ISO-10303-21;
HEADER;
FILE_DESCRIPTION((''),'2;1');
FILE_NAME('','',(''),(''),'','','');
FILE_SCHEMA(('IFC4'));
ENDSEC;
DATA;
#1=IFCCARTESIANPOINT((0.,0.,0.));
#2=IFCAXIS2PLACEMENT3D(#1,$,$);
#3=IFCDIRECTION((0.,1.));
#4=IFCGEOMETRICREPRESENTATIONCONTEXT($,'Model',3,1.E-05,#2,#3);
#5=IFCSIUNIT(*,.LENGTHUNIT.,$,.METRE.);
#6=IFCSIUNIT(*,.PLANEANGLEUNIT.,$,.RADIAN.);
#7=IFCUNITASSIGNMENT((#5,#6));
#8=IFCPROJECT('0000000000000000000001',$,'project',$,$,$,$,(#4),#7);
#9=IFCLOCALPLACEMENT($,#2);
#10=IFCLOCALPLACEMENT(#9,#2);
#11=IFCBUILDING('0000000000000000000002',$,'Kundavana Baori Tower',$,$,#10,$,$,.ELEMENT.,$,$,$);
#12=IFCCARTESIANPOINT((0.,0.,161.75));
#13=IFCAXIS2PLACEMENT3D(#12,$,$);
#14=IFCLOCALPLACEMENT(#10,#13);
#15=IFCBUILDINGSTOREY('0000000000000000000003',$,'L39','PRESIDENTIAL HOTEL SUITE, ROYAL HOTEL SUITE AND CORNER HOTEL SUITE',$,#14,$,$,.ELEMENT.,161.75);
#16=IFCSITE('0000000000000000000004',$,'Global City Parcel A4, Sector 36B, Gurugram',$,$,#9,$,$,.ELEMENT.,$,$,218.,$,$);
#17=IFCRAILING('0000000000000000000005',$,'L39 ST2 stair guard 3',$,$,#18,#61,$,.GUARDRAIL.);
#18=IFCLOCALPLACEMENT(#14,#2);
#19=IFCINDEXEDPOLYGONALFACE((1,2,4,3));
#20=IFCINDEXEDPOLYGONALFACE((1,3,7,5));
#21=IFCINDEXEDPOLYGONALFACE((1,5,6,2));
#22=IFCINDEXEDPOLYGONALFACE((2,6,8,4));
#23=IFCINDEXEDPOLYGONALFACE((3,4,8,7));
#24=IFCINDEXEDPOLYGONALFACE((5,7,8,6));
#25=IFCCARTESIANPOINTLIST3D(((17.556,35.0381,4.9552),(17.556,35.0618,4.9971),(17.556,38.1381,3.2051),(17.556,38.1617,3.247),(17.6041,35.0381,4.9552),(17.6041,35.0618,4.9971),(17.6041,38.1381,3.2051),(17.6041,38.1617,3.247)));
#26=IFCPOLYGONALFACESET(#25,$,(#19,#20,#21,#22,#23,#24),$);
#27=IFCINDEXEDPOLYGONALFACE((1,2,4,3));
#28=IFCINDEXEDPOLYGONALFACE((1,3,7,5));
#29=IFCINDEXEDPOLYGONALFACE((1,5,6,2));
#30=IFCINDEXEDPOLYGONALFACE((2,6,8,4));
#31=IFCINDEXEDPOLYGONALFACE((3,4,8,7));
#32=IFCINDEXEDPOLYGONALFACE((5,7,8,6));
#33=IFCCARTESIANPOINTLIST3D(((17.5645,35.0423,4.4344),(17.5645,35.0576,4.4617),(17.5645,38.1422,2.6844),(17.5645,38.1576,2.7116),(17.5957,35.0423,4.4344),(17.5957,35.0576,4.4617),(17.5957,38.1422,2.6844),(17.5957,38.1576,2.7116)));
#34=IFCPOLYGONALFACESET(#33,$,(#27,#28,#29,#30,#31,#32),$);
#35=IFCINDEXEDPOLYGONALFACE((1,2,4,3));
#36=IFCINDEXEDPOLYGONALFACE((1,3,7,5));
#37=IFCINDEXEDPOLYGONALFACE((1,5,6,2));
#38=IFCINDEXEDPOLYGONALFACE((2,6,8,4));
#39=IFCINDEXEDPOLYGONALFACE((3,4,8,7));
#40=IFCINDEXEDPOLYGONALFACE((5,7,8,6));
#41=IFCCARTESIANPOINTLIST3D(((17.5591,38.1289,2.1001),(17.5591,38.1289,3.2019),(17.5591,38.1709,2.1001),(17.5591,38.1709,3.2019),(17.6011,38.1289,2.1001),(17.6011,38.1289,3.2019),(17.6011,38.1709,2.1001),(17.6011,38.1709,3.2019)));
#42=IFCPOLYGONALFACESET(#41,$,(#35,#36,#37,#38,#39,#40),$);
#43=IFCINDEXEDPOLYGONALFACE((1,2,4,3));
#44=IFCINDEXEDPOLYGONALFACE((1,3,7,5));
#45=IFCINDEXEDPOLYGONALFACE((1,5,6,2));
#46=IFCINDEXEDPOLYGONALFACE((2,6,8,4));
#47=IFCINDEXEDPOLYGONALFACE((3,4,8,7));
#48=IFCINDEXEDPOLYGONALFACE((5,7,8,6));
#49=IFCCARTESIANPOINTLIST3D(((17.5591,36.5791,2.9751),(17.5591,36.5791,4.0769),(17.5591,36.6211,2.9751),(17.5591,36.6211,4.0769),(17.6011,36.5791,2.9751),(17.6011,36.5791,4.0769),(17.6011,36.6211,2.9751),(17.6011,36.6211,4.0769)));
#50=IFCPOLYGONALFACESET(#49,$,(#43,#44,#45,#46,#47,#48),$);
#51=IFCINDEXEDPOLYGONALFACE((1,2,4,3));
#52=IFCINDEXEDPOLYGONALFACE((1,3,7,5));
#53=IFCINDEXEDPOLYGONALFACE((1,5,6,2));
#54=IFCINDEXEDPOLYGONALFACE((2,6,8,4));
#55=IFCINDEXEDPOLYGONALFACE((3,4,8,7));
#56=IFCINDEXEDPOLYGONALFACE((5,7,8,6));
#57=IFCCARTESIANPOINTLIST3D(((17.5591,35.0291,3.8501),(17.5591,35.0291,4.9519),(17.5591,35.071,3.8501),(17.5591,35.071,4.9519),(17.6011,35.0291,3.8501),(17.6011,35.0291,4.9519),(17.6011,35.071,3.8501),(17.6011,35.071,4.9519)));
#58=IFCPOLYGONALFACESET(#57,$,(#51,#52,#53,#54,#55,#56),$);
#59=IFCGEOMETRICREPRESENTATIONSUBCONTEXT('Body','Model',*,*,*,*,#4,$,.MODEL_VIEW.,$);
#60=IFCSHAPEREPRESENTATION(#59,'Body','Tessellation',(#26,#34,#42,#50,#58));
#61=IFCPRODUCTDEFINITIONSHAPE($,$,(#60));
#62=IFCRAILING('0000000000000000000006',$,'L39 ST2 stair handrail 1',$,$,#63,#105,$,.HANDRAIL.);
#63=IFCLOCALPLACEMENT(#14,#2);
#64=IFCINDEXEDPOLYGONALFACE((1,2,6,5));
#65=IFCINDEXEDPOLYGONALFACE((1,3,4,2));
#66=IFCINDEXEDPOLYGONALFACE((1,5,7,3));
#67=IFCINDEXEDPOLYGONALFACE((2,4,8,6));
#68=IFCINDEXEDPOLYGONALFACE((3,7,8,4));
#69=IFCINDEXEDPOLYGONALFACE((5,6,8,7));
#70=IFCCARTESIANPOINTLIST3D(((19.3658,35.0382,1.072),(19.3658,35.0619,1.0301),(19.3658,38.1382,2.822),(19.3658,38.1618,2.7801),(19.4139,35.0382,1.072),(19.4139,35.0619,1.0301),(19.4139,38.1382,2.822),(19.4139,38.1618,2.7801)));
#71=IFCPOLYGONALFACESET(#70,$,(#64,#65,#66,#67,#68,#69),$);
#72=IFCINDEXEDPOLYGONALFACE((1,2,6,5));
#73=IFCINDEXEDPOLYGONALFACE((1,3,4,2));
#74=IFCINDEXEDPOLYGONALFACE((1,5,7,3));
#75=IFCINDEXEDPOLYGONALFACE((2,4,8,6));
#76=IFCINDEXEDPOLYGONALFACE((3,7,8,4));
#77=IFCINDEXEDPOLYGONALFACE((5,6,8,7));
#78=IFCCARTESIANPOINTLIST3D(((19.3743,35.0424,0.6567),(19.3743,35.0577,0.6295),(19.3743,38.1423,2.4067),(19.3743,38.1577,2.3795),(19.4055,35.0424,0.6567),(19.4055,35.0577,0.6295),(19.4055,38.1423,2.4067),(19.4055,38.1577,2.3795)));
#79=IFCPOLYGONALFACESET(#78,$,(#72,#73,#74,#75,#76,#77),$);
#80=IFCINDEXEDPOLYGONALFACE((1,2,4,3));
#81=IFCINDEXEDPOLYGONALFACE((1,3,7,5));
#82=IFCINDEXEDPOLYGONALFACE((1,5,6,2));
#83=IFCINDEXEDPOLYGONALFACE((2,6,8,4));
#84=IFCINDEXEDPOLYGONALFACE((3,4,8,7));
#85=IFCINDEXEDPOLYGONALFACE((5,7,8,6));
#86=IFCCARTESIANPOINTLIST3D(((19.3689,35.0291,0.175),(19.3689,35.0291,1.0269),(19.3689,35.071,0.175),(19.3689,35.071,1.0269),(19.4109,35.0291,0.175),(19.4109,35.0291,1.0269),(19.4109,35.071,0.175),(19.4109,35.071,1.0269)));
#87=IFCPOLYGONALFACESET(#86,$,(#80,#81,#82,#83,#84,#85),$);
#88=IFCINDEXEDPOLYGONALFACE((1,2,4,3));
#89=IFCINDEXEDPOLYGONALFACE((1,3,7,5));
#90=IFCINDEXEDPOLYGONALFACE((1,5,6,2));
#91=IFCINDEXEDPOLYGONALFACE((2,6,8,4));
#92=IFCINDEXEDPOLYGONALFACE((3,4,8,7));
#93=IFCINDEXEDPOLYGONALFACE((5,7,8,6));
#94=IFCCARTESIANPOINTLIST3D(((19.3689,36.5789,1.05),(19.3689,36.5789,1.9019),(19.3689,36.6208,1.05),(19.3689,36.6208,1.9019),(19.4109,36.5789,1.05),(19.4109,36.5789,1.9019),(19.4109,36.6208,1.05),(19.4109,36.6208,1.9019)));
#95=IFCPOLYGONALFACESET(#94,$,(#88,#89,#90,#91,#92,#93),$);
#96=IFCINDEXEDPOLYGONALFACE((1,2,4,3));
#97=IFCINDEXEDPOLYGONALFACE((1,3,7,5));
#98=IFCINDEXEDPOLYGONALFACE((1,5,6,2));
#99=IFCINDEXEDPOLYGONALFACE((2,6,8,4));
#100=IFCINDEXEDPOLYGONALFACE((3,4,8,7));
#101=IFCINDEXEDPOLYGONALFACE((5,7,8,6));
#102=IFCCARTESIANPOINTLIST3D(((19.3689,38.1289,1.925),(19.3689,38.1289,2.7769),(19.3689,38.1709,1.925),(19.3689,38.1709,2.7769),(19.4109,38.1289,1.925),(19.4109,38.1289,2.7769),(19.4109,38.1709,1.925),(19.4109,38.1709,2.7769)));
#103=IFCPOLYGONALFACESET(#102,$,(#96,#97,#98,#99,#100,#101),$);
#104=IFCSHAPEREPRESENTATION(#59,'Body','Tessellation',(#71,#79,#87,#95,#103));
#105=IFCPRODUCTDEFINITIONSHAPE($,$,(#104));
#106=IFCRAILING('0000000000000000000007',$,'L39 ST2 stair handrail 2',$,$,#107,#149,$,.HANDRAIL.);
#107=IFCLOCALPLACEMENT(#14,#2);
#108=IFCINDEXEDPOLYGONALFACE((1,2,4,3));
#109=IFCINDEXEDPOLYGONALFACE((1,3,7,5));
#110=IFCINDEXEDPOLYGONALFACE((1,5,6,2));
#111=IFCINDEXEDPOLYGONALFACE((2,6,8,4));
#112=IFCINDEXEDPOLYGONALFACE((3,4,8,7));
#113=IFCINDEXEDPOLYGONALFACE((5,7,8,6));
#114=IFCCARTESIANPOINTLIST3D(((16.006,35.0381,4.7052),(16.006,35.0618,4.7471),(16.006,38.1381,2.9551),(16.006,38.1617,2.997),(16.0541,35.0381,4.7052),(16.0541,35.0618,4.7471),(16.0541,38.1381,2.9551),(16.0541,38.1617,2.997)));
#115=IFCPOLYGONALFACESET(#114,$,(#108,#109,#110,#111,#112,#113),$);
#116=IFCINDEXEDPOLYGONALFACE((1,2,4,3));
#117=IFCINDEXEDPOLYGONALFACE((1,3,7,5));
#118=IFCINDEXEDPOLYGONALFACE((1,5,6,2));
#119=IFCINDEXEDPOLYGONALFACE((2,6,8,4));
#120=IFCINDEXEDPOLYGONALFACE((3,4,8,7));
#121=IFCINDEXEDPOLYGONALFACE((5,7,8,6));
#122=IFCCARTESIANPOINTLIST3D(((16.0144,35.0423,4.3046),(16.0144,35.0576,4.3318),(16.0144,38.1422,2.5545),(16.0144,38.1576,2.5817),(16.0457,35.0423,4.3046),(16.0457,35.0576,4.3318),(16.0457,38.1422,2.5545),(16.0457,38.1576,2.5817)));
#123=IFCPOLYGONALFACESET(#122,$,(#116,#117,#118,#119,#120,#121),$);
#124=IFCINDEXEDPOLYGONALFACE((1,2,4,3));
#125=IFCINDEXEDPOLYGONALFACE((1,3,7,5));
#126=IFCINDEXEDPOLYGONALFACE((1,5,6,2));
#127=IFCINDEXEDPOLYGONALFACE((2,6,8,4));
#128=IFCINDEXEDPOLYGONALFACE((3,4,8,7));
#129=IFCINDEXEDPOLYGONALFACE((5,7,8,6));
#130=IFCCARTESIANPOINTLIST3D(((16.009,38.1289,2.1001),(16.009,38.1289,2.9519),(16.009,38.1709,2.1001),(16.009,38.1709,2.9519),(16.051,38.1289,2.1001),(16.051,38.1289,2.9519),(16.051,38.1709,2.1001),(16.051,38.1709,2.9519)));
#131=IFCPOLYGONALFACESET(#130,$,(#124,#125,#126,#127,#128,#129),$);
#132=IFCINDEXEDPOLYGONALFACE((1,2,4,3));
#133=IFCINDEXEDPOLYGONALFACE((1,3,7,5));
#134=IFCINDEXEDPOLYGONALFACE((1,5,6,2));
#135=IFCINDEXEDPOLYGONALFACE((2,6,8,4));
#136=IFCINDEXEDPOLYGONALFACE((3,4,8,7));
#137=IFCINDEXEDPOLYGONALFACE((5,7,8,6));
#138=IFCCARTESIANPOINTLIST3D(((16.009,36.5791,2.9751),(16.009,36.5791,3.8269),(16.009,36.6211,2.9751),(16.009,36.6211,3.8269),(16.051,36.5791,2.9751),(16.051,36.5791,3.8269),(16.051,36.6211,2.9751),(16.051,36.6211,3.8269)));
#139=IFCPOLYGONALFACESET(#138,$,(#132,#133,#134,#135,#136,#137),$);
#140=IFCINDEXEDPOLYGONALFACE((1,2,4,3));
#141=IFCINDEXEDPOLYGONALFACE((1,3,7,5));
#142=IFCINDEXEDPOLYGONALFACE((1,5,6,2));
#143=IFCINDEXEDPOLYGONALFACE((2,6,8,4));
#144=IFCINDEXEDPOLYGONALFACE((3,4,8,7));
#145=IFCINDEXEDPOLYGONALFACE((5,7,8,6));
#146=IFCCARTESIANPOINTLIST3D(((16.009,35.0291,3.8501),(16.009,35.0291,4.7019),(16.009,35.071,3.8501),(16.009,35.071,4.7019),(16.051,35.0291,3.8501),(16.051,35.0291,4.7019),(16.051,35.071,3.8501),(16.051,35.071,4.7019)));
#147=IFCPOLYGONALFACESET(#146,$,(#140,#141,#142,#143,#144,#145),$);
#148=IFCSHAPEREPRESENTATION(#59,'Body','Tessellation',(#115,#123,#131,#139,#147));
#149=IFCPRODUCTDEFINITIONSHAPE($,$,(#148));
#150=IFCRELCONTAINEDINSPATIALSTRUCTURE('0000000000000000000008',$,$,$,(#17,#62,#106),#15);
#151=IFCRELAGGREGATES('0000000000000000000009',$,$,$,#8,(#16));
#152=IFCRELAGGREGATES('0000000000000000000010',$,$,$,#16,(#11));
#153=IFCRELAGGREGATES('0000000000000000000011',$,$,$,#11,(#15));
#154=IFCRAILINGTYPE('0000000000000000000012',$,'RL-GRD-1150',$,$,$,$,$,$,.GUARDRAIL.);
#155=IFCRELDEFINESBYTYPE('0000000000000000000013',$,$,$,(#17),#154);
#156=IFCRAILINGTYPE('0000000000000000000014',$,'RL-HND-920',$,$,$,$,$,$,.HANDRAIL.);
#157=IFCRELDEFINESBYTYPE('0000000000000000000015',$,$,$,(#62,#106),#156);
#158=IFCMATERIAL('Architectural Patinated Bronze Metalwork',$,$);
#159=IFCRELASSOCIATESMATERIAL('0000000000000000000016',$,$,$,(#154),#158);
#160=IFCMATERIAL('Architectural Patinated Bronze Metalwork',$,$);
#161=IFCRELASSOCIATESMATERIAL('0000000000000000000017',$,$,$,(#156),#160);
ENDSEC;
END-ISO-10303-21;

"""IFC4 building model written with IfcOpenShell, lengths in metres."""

from ifc_helpers import new_model, si_unit, direction, frame, origin, origin_2d, place, context, subcontext, project, spatial, rectangle, extrude, material, type_object, element, save


model = new_model("IFC4")

# Units and contexts
model_context = context("Model", 3, precision=1e-05, world=origin(), true_north=direction((0.0, 1.0)))
body_context = subcontext(model_context, "Body", "Model", "MODEL_VIEW")
ifc_project = project(units=[si_unit("LENGTHUNIT", "METRE"), si_unit("PLANEANGLEUNIT", "RADIAN")], contexts=[model_context])

# Site, building, storey
site_placement = place(None, origin())
site = spatial("IfcSite", under=ifc_project, at=site_placement, Name="Global City Parcel A4, Sector 36B, Gurugram", CompositionType="ELEMENT", RefElevation=218.0)
building_placement = place(site_placement, origin())
building = spatial("IfcBuilding", under=site, at=building_placement, Name="Kundavana Baori Tower", CompositionType="ELEMENT")
storey_placement = place(building_placement, frame((0.0, 0.0, 161.75)))
storey = spatial("IfcBuildingStorey", under=building, at=storey_placement, Name="L39", Description="PRESIDENTIAL HOTEL SUITE, ROYAL HOTEL SUITE AND CORNER HOTEL SUITE", CompositionType="ELEMENT", Elevation=161.75)

# Railings
ifc_material_1 = material(Name="Architectural Patinated Bronze Metalwork")
railing_type_1 = type_object("IfcRailingType", Name="RL-GRD-1150", PredefinedType="GUARDRAIL", material=ifc_material_1)
railing_1_placement = place(storey_placement, frame((17.5801, 38.1499, 2.1001)))
element("IfcRailing", 1, at=railing_1_placement, inside=storey, type_object=railing_type_1, Name="L39 ST2 stair guard 3", PredefinedType="GUARDRAIL", context=body_context, shape_type="SweptSolid", body=[
    extrude(rectangle(XDim=0.0481, YDim=0.0481, at=origin_2d()), frame((0.0, 0.0, 1.126), z_axis=(0.0, -0.870814, 0.491612), x_axis=(1.0, 0.0, 0.0)), (0.0, 0.0, 1.0), 3.5598),
    extrude(rectangle(XDim=0.0312, YDim=0.0312, at=origin_2d()), frame((0.0, 0.0, 0.5979), z_axis=(0.0, -0.870814, 0.491612), x_axis=(1.0, 0.0, 0.0)), (0.0, 0.0, 1.0), 3.5598),
    extrude(rectangle(XDim=0.042, YDim=0.042, at=origin_2d()), origin(), (0.0, 0.0, 1.0), 1.1018),
    extrude(rectangle(XDim=0.042, YDim=0.042, at=origin_2d()), frame((0.0, -1.5498, 0.875)), (0.0, 0.0, 1.0), 1.1018),
    extrude(rectangle(XDim=0.042, YDim=0.042, at=origin_2d()), frame((0.0, -3.0999, 1.75)), (0.0, 0.0, 1.0), 1.1018),
])
ifc_material_2 = material(Name="Architectural Patinated Bronze Metalwork")
railing_type_2 = type_object("IfcRailingType", Name="RL-HND-920", PredefinedType="HANDRAIL", material=ifc_material_2)
railing_2_placement = place(storey_placement, frame((19.3899, 35.05, 0.175)))
element("IfcRailing", 2, at=railing_2_placement, inside=storey, type_object=railing_type_2, Name="L39 ST2 stair handrail 1", PredefinedType="HANDRAIL", context=body_context, shape_type="SweptSolid", body=[
    extrude(rectangle(XDim=0.0481, YDim=0.0481, at=origin_2d()), frame((0.0, 0.0, 0.876), z_axis=(0.0, 0.870814, 0.491612), x_axis=(-1.0, 0.0, 0.0)), (0.0, 0.0, 1.0), 3.5598),
    extrude(rectangle(XDim=0.0312, YDim=0.0312, at=origin_2d()), frame((0.0, 0.0, 0.468), z_axis=(0.0, 0.870814, 0.491612), x_axis=(-1.0, 0.0, 0.0)), (0.0, 0.0, 1.0), 3.5598),
    extrude(rectangle(XDim=0.042, YDim=0.042, at=origin_2d()), origin(), (0.0, 0.0, 1.0), 0.8518),
    extrude(rectangle(XDim=0.042, YDim=0.042, at=origin_2d()), frame((0.0, 1.5498, 0.875)), (0.0, 0.0, 1.0), 0.8518),
    extrude(rectangle(XDim=0.042, YDim=0.042, at=origin_2d()), frame((0.0, 3.0999, 1.75)), (0.0, 0.0, 1.0), 0.8518),
])
railing_3_placement = place(storey_placement, frame((16.03, 38.1499, 2.1001)))
element("IfcRailing", 3, at=railing_3_placement, inside=storey, type_object=railing_type_2, Name="L39 ST2 stair handrail 2", PredefinedType="HANDRAIL", context=body_context, shape_type="SweptSolid", body=[
    extrude(rectangle(XDim=0.0481, YDim=0.0481, at=origin_2d()), frame((0.0, 0.0, 0.876), z_axis=(0.0, -0.870814, 0.491612), x_axis=(1.0, 0.0, 0.0)), (0.0, 0.0, 1.0), 3.5598),
    extrude(rectangle(XDim=0.0312, YDim=0.0312, at=origin_2d()), frame((0.0, 0.0, 0.468), z_axis=(0.0, -0.870814, 0.491612), x_axis=(1.0, 0.0, 0.0)), (0.0, 0.0, 1.0), 3.5598),
    extrude(rectangle(XDim=0.042, YDim=0.042, at=origin_2d()), origin(), (0.0, 0.0, 1.0), 0.8518),
    extrude(rectangle(XDim=0.042, YDim=0.042, at=origin_2d()), frame((0.0, -1.5498, 0.875)), (0.0, 0.0, 1.0), 0.8518),
    extrude(rectangle(XDim=0.042, YDim=0.042, at=origin_2d()), frame((0.0, -3.0999, 1.75)), (0.0, 0.0, 1.0), 0.8518),
])

save(model, "model.ifc")
